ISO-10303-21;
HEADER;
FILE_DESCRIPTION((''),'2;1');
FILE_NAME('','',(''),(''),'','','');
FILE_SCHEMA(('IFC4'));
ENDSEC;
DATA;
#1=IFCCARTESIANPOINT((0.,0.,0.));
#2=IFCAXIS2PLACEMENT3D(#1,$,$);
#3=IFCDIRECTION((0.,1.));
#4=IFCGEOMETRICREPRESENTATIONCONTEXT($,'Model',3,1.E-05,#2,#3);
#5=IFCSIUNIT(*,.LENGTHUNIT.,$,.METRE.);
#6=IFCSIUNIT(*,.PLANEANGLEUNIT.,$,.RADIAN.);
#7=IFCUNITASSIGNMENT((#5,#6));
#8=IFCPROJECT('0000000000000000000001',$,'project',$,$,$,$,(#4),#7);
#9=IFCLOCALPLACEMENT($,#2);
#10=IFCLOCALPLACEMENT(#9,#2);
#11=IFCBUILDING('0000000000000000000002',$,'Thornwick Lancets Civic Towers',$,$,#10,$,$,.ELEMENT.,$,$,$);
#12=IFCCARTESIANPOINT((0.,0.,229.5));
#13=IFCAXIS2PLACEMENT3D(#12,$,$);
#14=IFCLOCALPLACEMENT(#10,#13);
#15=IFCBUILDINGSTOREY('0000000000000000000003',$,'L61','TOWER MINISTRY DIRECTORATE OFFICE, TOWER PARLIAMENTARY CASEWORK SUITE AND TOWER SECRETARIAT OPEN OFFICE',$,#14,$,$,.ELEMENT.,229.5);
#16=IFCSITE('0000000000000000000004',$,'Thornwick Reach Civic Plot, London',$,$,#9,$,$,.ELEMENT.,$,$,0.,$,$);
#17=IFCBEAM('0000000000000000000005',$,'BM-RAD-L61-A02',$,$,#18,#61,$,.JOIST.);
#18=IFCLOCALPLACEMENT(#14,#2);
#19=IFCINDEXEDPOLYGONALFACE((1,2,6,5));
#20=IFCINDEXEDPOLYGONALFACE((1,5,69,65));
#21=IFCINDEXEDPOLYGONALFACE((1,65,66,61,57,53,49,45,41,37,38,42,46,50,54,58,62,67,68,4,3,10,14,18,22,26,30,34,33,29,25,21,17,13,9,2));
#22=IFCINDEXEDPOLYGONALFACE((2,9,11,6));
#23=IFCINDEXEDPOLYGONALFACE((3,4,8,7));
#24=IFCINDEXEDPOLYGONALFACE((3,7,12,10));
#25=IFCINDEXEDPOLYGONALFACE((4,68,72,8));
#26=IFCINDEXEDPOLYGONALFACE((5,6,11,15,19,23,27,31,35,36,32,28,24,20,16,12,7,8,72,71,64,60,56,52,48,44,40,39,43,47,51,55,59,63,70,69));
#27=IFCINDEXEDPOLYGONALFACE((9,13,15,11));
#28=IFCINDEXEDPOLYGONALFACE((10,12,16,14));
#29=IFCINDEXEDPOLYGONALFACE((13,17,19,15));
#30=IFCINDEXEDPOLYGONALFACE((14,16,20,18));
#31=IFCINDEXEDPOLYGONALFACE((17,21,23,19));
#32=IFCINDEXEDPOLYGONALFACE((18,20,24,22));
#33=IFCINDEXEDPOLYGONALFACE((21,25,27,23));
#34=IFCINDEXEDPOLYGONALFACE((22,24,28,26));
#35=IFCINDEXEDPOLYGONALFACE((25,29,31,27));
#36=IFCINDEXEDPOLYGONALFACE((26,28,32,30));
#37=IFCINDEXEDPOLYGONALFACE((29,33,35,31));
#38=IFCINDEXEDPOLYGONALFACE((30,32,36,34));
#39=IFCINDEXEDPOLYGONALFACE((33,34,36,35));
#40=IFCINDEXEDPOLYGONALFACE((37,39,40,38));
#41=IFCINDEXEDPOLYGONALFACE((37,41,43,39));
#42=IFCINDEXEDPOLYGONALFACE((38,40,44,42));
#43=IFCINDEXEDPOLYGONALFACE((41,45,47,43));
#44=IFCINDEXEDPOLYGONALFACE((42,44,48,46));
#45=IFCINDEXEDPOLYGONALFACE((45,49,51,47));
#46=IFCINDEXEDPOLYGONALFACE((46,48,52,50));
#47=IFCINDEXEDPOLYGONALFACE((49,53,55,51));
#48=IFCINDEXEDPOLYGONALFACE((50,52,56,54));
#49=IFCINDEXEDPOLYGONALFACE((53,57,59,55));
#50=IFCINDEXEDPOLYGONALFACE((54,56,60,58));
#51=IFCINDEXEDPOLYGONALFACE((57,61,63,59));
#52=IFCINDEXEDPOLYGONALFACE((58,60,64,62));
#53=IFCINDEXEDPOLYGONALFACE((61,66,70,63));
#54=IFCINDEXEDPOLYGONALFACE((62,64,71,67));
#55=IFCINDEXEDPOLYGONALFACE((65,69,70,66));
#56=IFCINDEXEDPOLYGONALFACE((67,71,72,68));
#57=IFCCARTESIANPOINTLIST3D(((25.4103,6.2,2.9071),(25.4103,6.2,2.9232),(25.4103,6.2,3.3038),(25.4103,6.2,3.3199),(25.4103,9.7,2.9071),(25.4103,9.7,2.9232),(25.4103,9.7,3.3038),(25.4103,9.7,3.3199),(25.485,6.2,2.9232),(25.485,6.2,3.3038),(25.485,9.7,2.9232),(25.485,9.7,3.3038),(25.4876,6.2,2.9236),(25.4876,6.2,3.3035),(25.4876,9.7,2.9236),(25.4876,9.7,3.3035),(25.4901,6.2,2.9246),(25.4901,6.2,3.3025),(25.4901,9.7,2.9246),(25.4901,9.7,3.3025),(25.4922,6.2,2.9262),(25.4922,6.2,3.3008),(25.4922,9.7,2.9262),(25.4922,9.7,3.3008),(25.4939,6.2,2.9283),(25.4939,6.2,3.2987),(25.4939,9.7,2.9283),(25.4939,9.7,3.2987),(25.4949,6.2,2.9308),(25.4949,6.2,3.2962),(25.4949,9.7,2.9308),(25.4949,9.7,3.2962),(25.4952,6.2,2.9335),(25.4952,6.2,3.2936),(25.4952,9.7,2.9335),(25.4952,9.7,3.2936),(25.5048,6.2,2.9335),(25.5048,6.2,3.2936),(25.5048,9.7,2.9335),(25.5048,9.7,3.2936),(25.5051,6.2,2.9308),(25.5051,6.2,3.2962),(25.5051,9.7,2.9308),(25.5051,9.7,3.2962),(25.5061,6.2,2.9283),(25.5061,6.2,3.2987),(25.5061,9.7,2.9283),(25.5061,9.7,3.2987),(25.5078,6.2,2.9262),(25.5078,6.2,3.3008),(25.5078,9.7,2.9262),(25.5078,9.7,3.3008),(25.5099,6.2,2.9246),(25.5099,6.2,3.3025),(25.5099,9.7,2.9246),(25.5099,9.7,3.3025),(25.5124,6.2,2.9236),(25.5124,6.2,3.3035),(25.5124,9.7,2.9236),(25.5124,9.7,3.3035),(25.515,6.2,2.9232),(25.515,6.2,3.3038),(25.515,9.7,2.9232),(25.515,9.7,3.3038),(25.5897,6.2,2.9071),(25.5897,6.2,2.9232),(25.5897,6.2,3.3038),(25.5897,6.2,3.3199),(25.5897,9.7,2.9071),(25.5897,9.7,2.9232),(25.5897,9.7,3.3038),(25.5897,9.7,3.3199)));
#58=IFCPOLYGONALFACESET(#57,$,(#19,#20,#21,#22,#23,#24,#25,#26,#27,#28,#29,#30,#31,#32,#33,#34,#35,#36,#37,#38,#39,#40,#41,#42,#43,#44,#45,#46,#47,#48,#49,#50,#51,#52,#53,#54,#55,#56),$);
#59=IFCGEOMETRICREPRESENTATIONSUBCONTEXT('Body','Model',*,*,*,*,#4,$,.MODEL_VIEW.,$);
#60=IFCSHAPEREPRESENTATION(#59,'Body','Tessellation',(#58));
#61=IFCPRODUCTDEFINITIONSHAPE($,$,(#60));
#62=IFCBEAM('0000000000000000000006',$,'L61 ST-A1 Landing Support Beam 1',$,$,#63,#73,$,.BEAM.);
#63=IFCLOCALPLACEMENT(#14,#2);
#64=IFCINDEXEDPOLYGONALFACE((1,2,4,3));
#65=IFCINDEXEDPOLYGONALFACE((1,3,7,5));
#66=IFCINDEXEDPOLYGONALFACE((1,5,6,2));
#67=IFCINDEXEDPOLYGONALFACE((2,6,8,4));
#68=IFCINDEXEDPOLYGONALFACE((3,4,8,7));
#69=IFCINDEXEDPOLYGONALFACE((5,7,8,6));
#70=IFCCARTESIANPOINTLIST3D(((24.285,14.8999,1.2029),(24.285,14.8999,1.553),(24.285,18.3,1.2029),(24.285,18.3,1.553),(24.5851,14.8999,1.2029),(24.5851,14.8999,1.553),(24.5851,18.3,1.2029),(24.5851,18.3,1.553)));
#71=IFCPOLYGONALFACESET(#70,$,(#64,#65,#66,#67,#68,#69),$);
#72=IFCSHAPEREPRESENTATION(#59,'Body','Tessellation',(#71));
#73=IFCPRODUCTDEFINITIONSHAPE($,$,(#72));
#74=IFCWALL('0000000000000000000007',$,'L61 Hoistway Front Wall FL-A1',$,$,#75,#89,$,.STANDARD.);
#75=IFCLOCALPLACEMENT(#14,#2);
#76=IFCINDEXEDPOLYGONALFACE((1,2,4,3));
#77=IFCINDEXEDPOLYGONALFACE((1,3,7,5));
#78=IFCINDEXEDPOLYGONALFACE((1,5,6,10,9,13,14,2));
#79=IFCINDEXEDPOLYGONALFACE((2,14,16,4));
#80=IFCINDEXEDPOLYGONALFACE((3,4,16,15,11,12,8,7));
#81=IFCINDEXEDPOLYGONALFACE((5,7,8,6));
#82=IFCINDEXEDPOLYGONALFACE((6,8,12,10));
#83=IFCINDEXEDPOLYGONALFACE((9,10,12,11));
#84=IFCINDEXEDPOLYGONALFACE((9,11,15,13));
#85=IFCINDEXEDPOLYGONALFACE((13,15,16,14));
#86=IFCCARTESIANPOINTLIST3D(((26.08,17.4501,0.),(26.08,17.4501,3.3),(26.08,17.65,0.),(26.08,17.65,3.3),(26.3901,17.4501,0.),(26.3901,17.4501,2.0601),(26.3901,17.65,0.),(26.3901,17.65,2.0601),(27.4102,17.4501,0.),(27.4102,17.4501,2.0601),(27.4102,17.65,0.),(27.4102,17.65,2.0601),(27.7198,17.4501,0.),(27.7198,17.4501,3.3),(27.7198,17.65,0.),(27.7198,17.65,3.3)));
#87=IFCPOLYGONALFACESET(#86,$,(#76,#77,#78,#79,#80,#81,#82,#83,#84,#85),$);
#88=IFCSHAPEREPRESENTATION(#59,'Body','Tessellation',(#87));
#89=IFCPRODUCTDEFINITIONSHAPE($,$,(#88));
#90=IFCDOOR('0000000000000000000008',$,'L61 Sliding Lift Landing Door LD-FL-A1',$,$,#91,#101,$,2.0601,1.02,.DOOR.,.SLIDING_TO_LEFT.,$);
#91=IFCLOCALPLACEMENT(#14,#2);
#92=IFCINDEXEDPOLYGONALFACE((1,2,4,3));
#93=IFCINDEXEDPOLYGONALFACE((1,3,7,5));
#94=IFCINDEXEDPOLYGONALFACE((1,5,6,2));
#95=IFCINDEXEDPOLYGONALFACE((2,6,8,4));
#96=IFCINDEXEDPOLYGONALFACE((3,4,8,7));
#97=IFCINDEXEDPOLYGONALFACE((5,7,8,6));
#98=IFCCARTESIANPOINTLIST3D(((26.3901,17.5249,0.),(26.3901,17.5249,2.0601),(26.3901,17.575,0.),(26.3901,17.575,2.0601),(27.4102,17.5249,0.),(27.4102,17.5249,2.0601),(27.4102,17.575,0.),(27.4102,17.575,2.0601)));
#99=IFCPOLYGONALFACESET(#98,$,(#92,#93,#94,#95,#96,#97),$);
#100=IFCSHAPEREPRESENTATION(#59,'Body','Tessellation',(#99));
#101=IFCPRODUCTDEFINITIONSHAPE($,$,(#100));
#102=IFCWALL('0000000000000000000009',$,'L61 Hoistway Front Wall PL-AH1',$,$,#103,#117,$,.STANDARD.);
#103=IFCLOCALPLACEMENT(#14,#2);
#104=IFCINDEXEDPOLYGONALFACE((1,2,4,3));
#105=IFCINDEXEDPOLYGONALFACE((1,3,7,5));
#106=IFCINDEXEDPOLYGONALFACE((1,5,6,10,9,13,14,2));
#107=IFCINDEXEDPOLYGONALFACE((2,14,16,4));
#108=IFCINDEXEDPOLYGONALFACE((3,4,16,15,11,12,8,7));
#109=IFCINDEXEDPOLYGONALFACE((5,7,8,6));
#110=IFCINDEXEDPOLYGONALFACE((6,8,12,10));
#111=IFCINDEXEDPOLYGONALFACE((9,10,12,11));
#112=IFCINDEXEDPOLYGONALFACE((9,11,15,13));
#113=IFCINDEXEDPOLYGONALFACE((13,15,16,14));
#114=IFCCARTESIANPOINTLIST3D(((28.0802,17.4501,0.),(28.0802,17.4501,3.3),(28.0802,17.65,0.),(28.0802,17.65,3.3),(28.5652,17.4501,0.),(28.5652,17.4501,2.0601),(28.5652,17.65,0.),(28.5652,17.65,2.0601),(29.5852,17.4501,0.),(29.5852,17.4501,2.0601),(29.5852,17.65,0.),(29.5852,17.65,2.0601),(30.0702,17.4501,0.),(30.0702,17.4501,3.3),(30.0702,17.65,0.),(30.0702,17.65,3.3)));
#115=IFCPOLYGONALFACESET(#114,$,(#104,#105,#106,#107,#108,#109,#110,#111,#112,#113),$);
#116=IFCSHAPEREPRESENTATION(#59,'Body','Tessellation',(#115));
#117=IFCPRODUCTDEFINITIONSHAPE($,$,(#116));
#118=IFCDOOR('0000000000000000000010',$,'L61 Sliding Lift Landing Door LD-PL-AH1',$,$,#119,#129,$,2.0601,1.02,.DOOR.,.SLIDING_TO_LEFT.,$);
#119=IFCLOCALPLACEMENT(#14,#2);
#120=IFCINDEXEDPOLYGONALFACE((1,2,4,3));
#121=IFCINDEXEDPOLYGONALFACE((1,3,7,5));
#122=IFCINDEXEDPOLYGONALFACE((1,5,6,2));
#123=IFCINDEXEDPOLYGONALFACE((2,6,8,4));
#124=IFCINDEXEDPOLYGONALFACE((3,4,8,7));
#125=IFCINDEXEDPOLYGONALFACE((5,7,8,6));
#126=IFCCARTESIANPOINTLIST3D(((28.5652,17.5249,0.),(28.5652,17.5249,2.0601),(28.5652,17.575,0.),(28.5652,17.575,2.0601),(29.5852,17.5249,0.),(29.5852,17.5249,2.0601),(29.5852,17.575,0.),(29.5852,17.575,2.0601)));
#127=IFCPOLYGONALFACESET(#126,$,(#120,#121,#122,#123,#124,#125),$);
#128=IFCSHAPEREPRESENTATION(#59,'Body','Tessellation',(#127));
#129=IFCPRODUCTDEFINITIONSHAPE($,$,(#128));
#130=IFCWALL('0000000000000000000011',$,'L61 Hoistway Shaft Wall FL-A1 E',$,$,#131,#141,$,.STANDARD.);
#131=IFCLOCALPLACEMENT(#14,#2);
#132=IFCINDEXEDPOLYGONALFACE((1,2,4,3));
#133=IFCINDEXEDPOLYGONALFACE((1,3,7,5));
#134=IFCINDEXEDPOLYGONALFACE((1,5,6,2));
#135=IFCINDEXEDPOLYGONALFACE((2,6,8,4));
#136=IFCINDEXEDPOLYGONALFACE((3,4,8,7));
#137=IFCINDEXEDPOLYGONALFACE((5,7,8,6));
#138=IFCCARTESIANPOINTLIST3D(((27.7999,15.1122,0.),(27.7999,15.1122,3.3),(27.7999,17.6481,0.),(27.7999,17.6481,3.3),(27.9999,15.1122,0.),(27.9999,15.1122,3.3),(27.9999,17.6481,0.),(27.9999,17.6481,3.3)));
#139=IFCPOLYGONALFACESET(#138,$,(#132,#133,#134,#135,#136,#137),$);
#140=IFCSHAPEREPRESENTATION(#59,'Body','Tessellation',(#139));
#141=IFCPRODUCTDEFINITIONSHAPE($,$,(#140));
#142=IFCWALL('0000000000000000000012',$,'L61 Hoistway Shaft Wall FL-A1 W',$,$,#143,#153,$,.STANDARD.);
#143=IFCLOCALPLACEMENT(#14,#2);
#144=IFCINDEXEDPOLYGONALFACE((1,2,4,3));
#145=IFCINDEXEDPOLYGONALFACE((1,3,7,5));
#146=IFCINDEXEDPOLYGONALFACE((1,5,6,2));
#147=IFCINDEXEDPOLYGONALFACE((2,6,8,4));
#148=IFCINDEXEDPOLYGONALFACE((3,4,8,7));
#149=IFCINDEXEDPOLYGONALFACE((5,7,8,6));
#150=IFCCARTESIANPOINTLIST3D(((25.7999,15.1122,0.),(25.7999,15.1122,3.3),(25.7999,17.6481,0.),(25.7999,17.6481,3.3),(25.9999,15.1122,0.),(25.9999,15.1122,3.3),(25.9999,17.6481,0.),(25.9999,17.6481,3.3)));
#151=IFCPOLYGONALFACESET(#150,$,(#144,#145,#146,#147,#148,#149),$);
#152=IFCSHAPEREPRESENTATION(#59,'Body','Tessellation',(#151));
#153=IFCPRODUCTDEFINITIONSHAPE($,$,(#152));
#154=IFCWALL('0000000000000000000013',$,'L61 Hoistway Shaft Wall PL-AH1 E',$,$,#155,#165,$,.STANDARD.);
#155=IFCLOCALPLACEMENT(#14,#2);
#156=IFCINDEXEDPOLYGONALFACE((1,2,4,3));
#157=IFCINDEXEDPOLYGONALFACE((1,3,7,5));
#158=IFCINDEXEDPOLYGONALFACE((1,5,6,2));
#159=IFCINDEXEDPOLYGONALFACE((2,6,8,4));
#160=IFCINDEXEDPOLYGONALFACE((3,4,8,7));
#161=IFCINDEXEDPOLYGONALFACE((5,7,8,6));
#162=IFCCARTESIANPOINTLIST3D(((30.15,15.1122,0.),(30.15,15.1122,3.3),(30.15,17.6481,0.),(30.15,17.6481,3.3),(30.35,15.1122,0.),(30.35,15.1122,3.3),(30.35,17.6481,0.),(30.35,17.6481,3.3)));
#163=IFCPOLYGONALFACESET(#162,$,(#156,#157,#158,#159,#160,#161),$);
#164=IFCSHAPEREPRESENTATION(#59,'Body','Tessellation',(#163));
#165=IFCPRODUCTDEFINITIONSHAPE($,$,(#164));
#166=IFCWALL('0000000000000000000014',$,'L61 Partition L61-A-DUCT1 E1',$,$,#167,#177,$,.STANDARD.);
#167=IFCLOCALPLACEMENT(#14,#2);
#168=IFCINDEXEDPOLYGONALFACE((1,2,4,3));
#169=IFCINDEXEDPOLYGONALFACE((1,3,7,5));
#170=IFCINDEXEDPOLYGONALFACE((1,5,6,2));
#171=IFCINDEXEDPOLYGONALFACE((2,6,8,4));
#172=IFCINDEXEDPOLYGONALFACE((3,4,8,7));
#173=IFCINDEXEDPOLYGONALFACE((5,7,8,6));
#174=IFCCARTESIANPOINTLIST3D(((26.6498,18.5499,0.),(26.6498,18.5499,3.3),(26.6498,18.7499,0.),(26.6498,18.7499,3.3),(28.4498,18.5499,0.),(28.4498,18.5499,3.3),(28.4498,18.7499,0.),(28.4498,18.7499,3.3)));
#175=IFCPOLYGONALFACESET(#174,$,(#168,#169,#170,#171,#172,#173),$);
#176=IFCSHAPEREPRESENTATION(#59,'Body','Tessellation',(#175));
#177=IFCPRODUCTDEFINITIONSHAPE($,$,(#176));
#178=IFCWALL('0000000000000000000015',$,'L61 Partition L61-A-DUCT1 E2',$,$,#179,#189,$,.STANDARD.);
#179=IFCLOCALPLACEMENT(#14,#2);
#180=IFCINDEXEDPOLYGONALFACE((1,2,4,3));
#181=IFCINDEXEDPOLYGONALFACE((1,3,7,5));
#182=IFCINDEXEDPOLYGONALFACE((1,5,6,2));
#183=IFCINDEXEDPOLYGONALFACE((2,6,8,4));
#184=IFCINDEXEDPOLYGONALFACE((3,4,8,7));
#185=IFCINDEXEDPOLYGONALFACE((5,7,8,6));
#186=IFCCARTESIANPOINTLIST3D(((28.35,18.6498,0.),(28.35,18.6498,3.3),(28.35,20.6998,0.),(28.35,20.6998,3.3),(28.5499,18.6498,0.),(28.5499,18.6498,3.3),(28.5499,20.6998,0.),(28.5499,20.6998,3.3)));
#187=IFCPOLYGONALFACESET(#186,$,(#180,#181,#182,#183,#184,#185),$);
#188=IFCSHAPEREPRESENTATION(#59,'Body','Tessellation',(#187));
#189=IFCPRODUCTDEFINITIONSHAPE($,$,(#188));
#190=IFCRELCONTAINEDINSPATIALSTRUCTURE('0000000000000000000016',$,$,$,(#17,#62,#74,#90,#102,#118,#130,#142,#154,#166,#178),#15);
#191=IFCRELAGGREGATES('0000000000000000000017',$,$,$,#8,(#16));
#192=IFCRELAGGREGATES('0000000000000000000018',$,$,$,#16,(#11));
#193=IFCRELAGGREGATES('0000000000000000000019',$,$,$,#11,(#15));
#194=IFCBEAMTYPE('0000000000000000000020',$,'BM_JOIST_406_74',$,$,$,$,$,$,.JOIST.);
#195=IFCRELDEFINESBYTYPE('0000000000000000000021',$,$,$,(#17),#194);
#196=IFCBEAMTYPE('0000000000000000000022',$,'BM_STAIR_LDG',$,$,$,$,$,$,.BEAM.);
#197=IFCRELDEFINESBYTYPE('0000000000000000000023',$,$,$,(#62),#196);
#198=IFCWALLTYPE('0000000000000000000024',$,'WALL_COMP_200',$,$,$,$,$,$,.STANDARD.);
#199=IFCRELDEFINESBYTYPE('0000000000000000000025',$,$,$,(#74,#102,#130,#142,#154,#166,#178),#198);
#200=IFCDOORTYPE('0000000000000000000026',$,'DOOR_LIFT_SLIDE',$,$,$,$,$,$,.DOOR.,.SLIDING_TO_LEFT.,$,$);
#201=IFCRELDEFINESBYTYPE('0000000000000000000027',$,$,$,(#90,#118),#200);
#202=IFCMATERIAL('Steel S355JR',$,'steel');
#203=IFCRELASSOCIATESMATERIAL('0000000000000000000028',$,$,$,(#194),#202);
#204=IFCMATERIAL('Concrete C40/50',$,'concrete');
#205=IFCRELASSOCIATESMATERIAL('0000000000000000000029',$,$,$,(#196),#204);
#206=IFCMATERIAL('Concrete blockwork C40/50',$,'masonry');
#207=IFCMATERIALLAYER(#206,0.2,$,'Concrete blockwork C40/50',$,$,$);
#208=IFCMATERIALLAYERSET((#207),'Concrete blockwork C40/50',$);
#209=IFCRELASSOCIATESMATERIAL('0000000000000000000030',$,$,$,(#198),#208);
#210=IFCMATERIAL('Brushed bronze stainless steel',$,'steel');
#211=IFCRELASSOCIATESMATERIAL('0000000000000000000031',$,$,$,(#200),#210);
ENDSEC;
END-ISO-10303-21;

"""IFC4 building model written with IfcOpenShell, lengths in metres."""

from ifc_helpers import new_model, si_unit, direction, frame, frame_2d, origin, origin_2d, place, context, subcontext, project, spatial, rectangle, i_section, extrude, material, layer, layer_set, material_profile, profile_set, type_object, element, fill, save


model = new_model("IFC4")

# Units and contexts
model_context = context("Model", 3, precision=1e-05, world=origin(), true_north=direction((0.0, 1.0)))
body_context = subcontext(model_context, "Body", "Model", "MODEL_VIEW")
ifc_project = project(units=[si_unit("LENGTHUNIT", "METRE"), si_unit("PLANEANGLEUNIT", "RADIAN")], contexts=[model_context])

# Site, building, storey
site_placement = place(None, origin())
site = spatial("IfcSite", under=ifc_project, at=site_placement, Name="Thornwick Reach Civic Plot, London", CompositionType="ELEMENT", RefElevation=0.0)
building_placement = place(site_placement, origin())
building = spatial("IfcBuilding", under=site, at=building_placement, Name="Thornwick Lancets Civic Towers", CompositionType="ELEMENT")
storey_placement = place(building_placement, frame((0.0, 0.0, 229.5)))
storey = spatial("IfcBuildingStorey", under=building, at=storey_placement, Name="L61", Description="TOWER MINISTRY DIRECTORATE OFFICE, TOWER PARLIAMENTARY CASEWORK SUITE AND TOWER SECRETARIAT OPEN OFFICE", CompositionType="ELEMENT", Elevation=229.5)

# Shared definitions
ifc_material_1 = material(Name="Steel S355JR", Category="steel")

# Beams
ifc_material_profile_1 = material_profile(ifc_material_1, i_section(OverallWidth=0.1794, OverallDepth=0.4128, WebThickness=0.0095, FlangeThickness=0.0161, FilletRadius=0.0103, at=origin_2d()), Name="UKB 406x178x74")
ifc_profile_set_1 = profile_set([ifc_material_profile_1], Name="Steel S355JR")
beam_type_1 = type_object("IfcBeamType", Name="BM_JOIST_406_74", PredefinedType="JOIST", material=ifc_profile_set_1)
beam_1_placement = place(storey_placement, frame((25.5, 9.7, 3.1135), z_axis=(0.0, -1.0, 0.0), x_axis=(1.0, 0.0, 0.0)))
element("IfcBeam", 1, at=beam_1_placement, inside=storey, type_object=beam_type_1, Name="BM-RAD-L61-A02", PredefinedType="JOIST", context=body_context, shape_type="SweptSolid", body=[
    extrude(i_section(OverallWidth=0.1794, OverallDepth=0.4128, WebThickness=0.0095, FlangeThickness=0.0161, FilletRadius=0.0103, at=origin_2d()), origin(), (0.0, 0.0, 1.0), 3.5),
])
ifc_material_2 = material(Name="Concrete C40/50", Category="concrete")
ifc_material_profile_2 = material_profile(ifc_material_2, rectangle(XDim=0.3, YDim=0.3501, at=origin_2d()), Name="RC 300x350")
ifc_profile_set_2 = profile_set([ifc_material_profile_2], Name="Concrete C40/50")
beam_type_2 = type_object("IfcBeamType", Name="BM_STAIR_LDG", PredefinedType="BEAM", material=ifc_profile_set_2)
beam_2_placement = place(storey_placement, frame((24.4351, 14.8999, 1.3779), z_axis=(0.0, 1.0, 0.0), x_axis=(-1.0, 0.0, 0.0)))
element("IfcBeam", 2, at=beam_2_placement, inside=storey, type_object=beam_type_2, Name="L61 ST-A1 Landing Support Beam 1", PredefinedType="BEAM", context=body_context, shape_type="SweptSolid", body=[
    extrude(rectangle(XDim=0.3, YDim=0.3501, at=origin_2d()), origin(), (0.0, 0.0, 1.0), 3.4001),
])

# Walls, openings, doors
ifc_material_3 = material(Name="Concrete blockwork C40/50", Category="masonry")
ifc_layer_1 = layer(ifc_material_3, 0.2, Name="Concrete blockwork C40/50")
ifc_layer_set_1 = layer_set([ifc_layer_1], Name="Concrete blockwork C40/50")
wall_type_1 = type_object("IfcWallType", Name="WALL_COMP_200", PredefinedType="STANDARD", material=ifc_layer_set_1)
wall_1_placement = place(storey_placement, frame((26.0801, 17.55, 0.0), z_axis=(0.0, 0.0, 1.0), x_axis=(1.0, 0.0, 0.0)))
wall_1 = element("IfcWall", 3, at=wall_1_placement, inside=storey, type_object=wall_type_1, Name="L61 Hoistway Front Wall FL-A1", PredefinedType="STANDARD", context=body_context, shape_type="SweptSolid", body=[
    extrude(rectangle(XDim=1.6399, YDim=0.2, at=frame_2d((0.8198, 0.0))), origin(), (0.0, 0.0, 1.0), 3.3),
])
opening_1_placement = place(wall_1_placement, frame((0.3101, 0.0, 0.0)))
opening_1 = element("IfcOpeningElement", 4, at=opening_1_placement, cuts=wall_1, PredefinedType="OPENING", context=body_context, shape_type="SweptSolid", body=[
    extrude(rectangle(XDim=1.02, YDim=2.0601, at=frame_2d((0.51, 1.03))), frame((0.0, 0.1099, 0.0), z_axis=(0.0, -1.0, 0.0), x_axis=(1.0, 0.0, 0.0)), (0.0, 0.0, 1.0), 0.22),
])
ifc_material_4 = material(Name="Brushed bronze stainless steel", Category="steel")
door_type_1 = type_object("IfcDoorType", Name="DOOR_LIFT_SLIDE", OperationType="SLIDING_TO_LEFT", PredefinedType="DOOR", material=ifc_material_4)
door_1_placement = place(opening_1_placement, origin())
door_1 = element("IfcDoor", 5, at=door_1_placement, inside=storey, type_object=door_type_1, Name="L61 Sliding Lift Landing Door LD-FL-A1", OperationType="SLIDING_TO_LEFT", OverallHeight=2.0601, OverallWidth=1.02, PredefinedType="DOOR", context=body_context, shape_type="SweptSolid", body=[
    extrude(rectangle(XDim=1.02, YDim=2.0601, at=frame_2d((0.51, 1.03))), frame((0.0, 0.0249, 0.0), z_axis=(0.0, -1.0, 0.0), x_axis=(1.0, 0.0, 0.0)), (0.0, 0.0, 1.0), 0.05),
])
fill(opening_1, door_1)
wall_2_placement = place(storey_placement, frame((28.0801, 17.55, 0.0), z_axis=(0.0, 0.0, 1.0), x_axis=(1.0, 0.0, 0.0)))
wall_2 = element("IfcWall", 6, at=wall_2_placement, inside=storey, type_object=wall_type_1, Name="L61 Hoistway Front Wall PL-AH1", PredefinedType="STANDARD", context=body_context, shape_type="SweptSolid", body=[
    extrude(rectangle(XDim=1.99, YDim=0.2, at=frame_2d((0.9951, 0.0))), origin(), (0.0, 0.0, 1.0), 3.3),
])
opening_2_placement = place(wall_2_placement, frame((0.4851, 0.0, 0.0)))
opening_2 = element("IfcOpeningElement", 7, at=opening_2_placement, cuts=wall_2, PredefinedType="OPENING", context=body_context, shape_type="SweptSolid", body=[
    extrude(rectangle(XDim=1.02, YDim=2.0601, at=frame_2d((0.51, 1.03))), frame((0.0, 0.1099, 0.0), z_axis=(0.0, -1.0, 0.0), x_axis=(1.0, 0.0, 0.0)), (0.0, 0.0, 1.0), 0.22),
])
door_2_placement = place(opening_2_placement, origin())
door_2 = element("IfcDoor", 8, at=door_2_placement, inside=storey, type_object=door_type_1, Name="L61 Sliding Lift Landing Door LD-PL-AH1", OperationType="SLIDING_TO_LEFT", OverallHeight=2.0601, OverallWidth=1.02, PredefinedType="DOOR", context=body_context, shape_type="SweptSolid", body=[
    extrude(rectangle(XDim=1.02, YDim=2.0601, at=frame_2d((0.51, 1.03))), frame((0.0, 0.0249, 0.0), z_axis=(0.0, -1.0, 0.0), x_axis=(1.0, 0.0, 0.0)), (0.0, 0.0, 1.0), 0.05),
])
fill(opening_2, door_2)

# Walls
for number, where, z_axis, x_axis, name in (
    (9, (27.8999, 15.1121, 0.0), (0.0, 0.0, 1.0), (0.0, 1.0, 0.0), "L61 Hoistway Shaft Wall FL-A1 E"),
    (10, (25.8999, 15.1121, 0.0), (0.0, 0.0, 1.0), (0.0, 1.0, 0.0), "L61 Hoistway Shaft Wall FL-A1 W"),
    (11, (30.25, 15.1121, 0.0), (0.0, 0.0, 1.0), (0.0, 1.0, 0.0), "L61 Hoistway Shaft Wall PL-AH1 E"),
):
    element("IfcWall", number, at=place(storey_placement, frame(where, z_axis=z_axis, x_axis=x_axis)), inside=storey, type_object=wall_type_1, Name=name, PredefinedType="STANDARD", context=body_context, shape_type="SweptSolid", body=[
        extrude(rectangle(XDim=2.5359, YDim=0.2, at=frame_2d((1.2681, 0.0))), origin(), (0.0, 0.0, 1.0), 3.3),
    ])
wall_3_placement = place(storey_placement, frame((26.6499, 18.6499, 0.0), z_axis=(0.0, 0.0, 1.0), x_axis=(1.0, 0.0, 0.0)))
element("IfcWall", 12, at=wall_3_placement, inside=storey, type_object=wall_type_1, Name="L61 Partition L61-A-DUCT1 E1", PredefinedType="STANDARD", context=body_context, shape_type="SweptSolid", body=[
    extrude(rectangle(XDim=1.8, YDim=0.2, at=frame_2d((0.8999, 0.0))), origin(), (0.0, 0.0, 1.0), 3.3),
])
wall_4_placement = place(storey_placement, frame((28.45, 18.6499, 0.0), z_axis=(0.0, 0.0, 1.0), x_axis=(0.0, 1.0, 0.0)))
element("IfcWall", 13, at=wall_4_placement, inside=storey, type_object=wall_type_1, Name="L61 Partition L61-A-DUCT1 E2", PredefinedType="STANDARD", context=body_context, shape_type="SweptSolid", body=[
    extrude(rectangle(XDim=2.05, YDim=0.2, at=frame_2d((1.0249, 0.0))), origin(), (0.0, 0.0, 1.0), 3.3),
])

save(model, "model.ifc")
